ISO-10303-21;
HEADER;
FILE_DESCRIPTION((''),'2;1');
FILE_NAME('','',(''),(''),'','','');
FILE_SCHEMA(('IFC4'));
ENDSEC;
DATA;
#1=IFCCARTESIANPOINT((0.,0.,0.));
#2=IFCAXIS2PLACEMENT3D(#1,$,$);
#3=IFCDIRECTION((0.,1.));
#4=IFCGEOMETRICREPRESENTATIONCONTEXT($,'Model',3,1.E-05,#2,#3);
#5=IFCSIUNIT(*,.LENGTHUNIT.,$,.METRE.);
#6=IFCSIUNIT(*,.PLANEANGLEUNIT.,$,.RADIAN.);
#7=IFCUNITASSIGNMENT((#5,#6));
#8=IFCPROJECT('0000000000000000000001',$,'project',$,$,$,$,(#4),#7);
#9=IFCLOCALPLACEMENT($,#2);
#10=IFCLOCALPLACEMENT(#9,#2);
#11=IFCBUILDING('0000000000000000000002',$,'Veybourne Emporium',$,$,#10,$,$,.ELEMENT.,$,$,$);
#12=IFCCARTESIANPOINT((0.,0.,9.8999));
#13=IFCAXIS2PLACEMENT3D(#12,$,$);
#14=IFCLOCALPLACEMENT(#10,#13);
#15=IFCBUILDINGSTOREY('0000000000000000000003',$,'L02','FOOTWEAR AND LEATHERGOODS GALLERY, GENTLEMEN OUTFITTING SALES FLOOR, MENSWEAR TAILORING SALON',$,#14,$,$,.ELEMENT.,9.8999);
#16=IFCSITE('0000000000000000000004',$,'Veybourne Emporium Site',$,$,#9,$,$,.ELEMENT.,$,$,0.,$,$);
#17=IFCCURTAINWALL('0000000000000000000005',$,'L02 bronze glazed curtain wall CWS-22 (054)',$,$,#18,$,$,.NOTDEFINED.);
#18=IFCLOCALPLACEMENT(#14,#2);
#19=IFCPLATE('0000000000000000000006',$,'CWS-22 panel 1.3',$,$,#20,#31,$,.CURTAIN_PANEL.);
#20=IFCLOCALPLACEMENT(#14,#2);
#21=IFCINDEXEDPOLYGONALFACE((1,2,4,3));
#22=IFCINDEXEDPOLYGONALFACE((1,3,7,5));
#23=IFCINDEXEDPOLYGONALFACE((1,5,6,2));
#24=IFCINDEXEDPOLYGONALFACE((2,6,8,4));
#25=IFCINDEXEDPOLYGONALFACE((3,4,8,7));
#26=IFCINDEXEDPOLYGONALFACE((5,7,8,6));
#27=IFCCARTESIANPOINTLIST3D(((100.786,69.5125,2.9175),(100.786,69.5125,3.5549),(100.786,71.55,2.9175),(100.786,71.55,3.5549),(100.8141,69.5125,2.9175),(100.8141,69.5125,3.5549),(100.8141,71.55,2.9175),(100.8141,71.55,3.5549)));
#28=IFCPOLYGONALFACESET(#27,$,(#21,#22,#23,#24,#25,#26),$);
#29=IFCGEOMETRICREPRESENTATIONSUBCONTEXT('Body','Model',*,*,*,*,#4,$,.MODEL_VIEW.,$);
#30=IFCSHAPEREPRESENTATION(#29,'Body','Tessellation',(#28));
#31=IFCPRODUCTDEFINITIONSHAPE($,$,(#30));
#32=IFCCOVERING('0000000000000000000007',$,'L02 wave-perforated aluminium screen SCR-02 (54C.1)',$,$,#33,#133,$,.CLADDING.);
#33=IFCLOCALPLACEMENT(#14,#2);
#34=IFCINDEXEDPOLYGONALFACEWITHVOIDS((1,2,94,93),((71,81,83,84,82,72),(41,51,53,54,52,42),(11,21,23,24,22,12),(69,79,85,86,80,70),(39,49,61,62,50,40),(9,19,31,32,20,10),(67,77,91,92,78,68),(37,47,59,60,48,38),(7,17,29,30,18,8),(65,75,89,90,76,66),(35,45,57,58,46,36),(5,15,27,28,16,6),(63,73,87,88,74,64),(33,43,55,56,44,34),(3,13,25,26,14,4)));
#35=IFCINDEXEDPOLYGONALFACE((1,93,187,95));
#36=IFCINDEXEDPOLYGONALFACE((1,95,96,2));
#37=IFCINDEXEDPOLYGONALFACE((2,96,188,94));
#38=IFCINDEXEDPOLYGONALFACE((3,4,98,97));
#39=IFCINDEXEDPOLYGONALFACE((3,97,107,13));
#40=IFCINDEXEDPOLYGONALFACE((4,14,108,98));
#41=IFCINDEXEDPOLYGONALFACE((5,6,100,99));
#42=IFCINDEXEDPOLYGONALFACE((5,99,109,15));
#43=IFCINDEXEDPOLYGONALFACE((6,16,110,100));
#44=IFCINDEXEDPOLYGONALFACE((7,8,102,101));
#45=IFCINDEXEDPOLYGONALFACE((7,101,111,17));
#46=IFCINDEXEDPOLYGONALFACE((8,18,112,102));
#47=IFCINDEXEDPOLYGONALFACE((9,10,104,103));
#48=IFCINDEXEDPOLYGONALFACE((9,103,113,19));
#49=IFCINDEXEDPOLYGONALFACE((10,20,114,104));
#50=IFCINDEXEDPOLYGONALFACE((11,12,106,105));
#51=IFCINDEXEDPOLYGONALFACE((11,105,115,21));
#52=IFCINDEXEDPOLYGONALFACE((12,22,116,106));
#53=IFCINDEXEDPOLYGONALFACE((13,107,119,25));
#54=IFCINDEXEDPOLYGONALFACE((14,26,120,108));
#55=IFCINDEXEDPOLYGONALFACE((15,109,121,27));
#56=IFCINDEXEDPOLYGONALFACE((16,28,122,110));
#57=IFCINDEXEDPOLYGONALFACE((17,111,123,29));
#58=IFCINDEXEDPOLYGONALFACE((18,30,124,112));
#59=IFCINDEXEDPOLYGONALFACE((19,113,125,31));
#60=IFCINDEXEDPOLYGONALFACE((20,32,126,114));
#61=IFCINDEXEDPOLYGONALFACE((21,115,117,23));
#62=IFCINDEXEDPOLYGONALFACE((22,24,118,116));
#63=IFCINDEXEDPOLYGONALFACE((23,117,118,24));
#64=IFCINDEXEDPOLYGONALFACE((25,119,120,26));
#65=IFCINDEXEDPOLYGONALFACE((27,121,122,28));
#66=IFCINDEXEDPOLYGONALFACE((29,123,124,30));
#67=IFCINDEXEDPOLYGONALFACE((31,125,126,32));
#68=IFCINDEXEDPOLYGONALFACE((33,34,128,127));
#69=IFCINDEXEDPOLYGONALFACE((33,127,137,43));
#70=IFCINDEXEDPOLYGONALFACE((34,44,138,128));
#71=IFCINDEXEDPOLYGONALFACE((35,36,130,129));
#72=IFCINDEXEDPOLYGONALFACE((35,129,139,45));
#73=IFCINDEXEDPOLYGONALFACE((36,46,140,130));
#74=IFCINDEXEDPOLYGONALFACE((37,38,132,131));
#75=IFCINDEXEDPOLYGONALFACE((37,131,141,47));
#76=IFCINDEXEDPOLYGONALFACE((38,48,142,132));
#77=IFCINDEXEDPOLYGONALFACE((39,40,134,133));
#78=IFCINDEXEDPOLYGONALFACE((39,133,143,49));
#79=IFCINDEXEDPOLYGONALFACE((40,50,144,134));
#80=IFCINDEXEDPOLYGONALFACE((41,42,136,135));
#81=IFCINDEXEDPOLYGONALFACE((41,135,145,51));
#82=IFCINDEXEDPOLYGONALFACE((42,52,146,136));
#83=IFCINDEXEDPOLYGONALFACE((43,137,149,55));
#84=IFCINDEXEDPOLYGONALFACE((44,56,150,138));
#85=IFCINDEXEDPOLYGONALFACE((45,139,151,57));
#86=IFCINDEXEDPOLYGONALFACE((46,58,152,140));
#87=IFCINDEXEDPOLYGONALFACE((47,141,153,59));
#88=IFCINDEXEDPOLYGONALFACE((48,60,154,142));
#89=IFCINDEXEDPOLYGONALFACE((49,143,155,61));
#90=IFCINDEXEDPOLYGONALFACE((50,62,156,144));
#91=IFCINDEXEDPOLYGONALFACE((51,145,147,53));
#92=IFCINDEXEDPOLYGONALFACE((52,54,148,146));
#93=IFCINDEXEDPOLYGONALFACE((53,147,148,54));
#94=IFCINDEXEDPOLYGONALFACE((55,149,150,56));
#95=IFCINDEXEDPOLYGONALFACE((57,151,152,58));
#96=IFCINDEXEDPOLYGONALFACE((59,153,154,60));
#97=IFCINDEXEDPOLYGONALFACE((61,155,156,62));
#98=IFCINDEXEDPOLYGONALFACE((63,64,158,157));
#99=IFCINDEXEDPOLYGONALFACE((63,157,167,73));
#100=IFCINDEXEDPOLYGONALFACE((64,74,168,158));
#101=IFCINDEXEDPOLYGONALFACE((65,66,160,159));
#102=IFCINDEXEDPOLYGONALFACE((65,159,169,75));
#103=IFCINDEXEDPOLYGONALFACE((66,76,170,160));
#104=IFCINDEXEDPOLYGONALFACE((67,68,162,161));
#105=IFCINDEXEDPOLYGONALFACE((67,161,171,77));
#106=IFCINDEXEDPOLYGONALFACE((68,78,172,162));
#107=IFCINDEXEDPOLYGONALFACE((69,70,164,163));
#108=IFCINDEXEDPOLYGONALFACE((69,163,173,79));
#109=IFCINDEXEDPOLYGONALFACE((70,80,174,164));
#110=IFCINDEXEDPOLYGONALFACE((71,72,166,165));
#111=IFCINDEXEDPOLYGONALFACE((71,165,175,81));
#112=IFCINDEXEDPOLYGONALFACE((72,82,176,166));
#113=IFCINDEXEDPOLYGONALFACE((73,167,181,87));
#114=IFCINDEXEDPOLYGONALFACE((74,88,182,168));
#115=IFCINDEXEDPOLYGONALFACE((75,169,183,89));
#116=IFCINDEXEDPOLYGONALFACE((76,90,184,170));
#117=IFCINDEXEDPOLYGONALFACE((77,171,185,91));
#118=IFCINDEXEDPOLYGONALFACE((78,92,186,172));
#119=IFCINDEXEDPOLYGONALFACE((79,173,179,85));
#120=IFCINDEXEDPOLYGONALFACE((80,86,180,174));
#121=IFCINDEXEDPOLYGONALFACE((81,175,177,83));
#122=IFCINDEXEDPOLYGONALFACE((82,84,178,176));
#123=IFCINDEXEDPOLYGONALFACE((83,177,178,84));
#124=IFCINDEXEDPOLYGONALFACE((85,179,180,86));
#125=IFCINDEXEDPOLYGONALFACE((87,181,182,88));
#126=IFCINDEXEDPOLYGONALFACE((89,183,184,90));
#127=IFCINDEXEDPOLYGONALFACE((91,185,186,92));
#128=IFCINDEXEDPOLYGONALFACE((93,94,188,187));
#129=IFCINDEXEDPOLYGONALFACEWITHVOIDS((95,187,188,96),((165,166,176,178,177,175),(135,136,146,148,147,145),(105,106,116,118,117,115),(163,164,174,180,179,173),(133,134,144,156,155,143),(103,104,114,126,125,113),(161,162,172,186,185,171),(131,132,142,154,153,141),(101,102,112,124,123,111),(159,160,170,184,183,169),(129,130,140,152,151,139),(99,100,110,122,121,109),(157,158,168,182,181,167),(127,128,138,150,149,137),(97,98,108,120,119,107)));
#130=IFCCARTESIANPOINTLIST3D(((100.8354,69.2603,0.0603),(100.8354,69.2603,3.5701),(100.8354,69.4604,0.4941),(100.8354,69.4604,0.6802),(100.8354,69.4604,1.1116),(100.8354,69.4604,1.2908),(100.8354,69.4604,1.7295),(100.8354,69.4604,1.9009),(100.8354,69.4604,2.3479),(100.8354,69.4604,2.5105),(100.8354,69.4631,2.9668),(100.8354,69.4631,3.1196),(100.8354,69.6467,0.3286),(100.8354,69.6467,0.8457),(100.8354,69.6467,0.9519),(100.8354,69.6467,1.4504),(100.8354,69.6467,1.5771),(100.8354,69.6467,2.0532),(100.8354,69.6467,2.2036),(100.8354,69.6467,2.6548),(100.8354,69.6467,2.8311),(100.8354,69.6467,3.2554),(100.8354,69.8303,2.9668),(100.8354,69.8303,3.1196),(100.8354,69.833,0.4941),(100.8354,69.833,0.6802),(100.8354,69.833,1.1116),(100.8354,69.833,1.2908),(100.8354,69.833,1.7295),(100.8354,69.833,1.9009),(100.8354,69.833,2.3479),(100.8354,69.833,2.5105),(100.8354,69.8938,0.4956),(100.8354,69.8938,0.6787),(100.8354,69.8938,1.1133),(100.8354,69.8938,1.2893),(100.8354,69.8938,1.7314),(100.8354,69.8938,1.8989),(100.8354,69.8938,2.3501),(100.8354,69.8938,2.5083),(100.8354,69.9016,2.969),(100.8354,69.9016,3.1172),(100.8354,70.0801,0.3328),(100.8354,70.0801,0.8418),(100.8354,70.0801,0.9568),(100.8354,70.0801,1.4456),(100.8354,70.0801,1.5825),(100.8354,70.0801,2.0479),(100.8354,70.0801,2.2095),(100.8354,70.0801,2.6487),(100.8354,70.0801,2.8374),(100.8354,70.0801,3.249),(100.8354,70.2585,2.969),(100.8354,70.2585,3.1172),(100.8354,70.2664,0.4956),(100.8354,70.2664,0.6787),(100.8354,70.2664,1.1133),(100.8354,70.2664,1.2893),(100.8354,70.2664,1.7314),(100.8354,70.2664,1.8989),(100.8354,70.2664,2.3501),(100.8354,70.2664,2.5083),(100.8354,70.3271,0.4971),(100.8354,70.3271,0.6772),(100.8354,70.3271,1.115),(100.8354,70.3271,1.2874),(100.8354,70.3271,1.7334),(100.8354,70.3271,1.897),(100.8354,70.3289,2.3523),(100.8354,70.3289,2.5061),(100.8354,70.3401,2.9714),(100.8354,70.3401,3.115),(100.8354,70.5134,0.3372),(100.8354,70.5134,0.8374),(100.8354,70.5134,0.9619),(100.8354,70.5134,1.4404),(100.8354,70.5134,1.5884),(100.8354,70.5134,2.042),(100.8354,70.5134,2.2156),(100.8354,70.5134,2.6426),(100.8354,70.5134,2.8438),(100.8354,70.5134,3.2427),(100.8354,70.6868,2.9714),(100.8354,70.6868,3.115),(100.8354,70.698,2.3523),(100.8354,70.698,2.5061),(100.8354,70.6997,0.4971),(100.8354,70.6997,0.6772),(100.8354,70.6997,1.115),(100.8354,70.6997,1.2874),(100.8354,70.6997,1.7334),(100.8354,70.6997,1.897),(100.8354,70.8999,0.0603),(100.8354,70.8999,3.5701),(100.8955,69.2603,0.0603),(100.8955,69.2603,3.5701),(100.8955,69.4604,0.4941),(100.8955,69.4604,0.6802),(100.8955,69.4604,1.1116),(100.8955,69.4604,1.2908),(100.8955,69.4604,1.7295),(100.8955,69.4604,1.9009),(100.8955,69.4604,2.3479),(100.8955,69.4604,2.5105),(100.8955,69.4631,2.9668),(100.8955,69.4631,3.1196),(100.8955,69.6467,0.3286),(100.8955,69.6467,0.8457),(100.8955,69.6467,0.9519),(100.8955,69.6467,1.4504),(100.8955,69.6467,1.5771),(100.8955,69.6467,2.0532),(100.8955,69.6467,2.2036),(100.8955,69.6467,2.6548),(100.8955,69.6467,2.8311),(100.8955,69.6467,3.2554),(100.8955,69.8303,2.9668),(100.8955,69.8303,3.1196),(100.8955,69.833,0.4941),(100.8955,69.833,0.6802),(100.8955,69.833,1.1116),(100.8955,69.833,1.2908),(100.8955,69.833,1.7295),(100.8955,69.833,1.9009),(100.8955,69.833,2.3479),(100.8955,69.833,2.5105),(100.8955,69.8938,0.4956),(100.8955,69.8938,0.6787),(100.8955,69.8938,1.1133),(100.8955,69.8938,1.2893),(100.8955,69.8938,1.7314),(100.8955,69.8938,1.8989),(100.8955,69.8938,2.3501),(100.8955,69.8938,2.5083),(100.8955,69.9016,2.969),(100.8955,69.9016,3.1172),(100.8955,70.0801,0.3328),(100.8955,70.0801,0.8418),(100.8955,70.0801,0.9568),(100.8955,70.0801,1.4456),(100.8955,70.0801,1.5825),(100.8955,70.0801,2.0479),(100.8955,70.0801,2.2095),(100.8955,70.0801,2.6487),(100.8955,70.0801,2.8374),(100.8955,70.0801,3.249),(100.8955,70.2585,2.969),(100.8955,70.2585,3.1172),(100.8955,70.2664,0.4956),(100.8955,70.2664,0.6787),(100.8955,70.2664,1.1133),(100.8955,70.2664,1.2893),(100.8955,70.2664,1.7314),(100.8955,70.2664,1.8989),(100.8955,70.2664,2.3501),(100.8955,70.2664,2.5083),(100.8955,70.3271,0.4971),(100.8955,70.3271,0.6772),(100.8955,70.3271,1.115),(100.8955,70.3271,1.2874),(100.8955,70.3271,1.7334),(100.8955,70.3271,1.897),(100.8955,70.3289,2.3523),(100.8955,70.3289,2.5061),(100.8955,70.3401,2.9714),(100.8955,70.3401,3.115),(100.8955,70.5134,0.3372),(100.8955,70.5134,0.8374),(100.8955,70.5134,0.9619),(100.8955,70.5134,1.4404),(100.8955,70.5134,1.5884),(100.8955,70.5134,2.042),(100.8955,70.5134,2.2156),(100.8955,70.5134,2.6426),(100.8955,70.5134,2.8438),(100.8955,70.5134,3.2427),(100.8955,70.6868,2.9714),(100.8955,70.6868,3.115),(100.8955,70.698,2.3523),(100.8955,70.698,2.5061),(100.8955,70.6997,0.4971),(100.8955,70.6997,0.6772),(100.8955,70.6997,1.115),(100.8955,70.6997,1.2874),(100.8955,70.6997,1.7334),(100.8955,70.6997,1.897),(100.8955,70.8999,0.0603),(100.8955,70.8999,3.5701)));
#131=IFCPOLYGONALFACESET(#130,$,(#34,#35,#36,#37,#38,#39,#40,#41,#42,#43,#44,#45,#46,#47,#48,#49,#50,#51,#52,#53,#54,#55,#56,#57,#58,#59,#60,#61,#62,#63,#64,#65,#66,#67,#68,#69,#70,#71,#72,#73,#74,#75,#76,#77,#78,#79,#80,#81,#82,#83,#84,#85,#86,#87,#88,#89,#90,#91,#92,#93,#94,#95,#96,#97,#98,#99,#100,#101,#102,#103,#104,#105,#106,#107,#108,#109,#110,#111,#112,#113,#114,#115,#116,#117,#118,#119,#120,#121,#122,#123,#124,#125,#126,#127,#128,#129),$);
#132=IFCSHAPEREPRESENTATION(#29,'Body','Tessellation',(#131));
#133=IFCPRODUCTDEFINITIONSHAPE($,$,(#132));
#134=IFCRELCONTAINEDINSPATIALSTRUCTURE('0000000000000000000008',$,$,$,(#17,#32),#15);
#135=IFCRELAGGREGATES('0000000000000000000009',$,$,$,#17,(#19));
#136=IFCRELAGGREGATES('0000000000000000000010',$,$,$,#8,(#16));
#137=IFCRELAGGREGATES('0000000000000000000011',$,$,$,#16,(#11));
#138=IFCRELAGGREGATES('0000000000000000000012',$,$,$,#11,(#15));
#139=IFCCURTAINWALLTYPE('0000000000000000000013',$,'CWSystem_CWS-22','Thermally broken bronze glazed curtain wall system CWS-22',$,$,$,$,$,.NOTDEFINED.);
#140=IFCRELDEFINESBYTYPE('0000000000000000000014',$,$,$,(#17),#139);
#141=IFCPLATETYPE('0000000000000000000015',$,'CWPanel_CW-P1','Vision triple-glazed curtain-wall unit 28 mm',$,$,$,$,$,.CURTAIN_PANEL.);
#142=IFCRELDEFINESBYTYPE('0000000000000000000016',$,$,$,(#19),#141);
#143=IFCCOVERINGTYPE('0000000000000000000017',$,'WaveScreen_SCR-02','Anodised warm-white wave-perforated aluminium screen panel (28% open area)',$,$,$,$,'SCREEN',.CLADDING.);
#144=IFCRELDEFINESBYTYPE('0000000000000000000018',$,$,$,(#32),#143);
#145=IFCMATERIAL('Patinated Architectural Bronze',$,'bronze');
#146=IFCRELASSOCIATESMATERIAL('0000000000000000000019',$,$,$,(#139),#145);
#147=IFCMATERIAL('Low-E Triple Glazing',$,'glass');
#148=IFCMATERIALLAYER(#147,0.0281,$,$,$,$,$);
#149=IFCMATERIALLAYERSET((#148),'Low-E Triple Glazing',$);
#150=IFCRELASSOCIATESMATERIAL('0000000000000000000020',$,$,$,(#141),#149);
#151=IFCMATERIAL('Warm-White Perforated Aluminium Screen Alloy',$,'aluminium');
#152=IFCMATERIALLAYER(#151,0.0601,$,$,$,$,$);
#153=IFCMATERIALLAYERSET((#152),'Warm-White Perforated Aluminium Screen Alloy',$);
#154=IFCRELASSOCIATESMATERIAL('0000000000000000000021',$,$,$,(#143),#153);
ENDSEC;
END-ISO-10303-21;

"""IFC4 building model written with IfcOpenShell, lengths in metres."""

from ifc_helpers import new_model, si_unit, direction, frame, origin, origin_2d, place, context, subcontext, project, spatial, polyline, rectangle, outline, extrude, material, layer, layer_set, type_object, element, aggregate, save


model = new_model("IFC4")

# Units and contexts
model_context = context("Model", 3, precision=1e-05, world=origin(), true_north=direction((0.0, 1.0)))
body_context = subcontext(model_context, "Body", "Model", "MODEL_VIEW")
ifc_project = project(units=[si_unit("LENGTHUNIT", "METRE"), si_unit("PLANEANGLEUNIT", "RADIAN")], contexts=[model_context])

# Site, building, storey
site_placement = place(None, origin())
site = spatial("IfcSite", under=ifc_project, at=site_placement, Name="Veybourne Emporium Site", CompositionType="ELEMENT", RefElevation=0.0)
building_placement = place(site_placement, origin())
building = spatial("IfcBuilding", under=site, at=building_placement, Name="Veybourne Emporium", CompositionType="ELEMENT")
storey_placement = place(building_placement, frame((0.0, 0.0, 9.8999)))
storey = spatial("IfcBuildingStorey", under=building, at=storey_placement, Name="L02", Description="FOOTWEAR AND LEATHERGOODS GALLERY, GENTLEMEN OUTFITTING SALES FLOOR, MENSWEAR TAILORING SALON", CompositionType="ELEMENT", Elevation=9.8999)

# Curtain wall
ifc_material_1 = material(Name="Patinated Architectural Bronze", Category="bronze")
curtain_wall_type = type_object("IfcCurtainWallType", Name="CWSystem_CWS-22", Description="Thermally broken bronze glazed curtain wall system CWS-22", PredefinedType="NOTDEFINED", material=ifc_material_1)
curtain_wall_placement = place(storey_placement, origin())
curtain_wall = element("IfcCurtainWall", 1, at=curtain_wall_placement, inside=storey, type_object=curtain_wall_type, Name="L02 bronze glazed curtain wall CWS-22 (054)", PredefinedType="NOTDEFINED")

# Plate
ifc_material_2 = material(Name="Low-E Triple Glazing", Category="glass")
ifc_layer_1 = layer(ifc_material_2, 0.0281)
ifc_layer_set_1 = layer_set([ifc_layer_1], Name="Low-E Triple Glazing")
plate_type = type_object("IfcPlateType", Name="CWPanel_CW-P1", Description="Vision triple-glazed curtain-wall unit 28 mm", PredefinedType="CURTAIN_PANEL", material=ifc_layer_set_1)
plate_1_placement = place(storey_placement, frame((100.8, 70.5312, 2.9175), z_axis=(0.0, 0.0, 1.0), x_axis=(0.0, -1.0, 0.0)))
plate_1 = element("IfcPlate", 2, at=plate_1_placement, type_object=plate_type, Name="CWS-22 panel 1.3", PredefinedType="CURTAIN_PANEL", context=body_context, shape_type="SweptSolid", body=[
    extrude(rectangle(XDim=2.0376, YDim=0.0281, at=origin_2d()), origin(), (0.0, 0.0, 1.0), 0.6375),
])
aggregate(curtain_wall, [plate_1])

# Covering
ifc_material_3 = material(Name="Warm-White Perforated Aluminium Screen Alloy", Category="aluminium")
ifc_layer_2 = layer(ifc_material_3, 0.0601)
ifc_layer_set_2 = layer_set([ifc_layer_2], Name="Warm-White Perforated Aluminium Screen Alloy")
covering_type_1 = type_object("IfcCoveringType", Name="WaveScreen_SCR-02", Description="Anodised warm-white wave-perforated aluminium screen panel (28% open area)", ElementType="SCREEN", PredefinedType="CLADDING", material=ifc_layer_set_2)
covering_1_placement = place(storey_placement, frame((100.8955, 70.0801, 1.8152), z_axis=(-1.0, 0.0, 0.0), x_axis=(0.0, -1.0, 0.0)))
element("IfcCovering", 3, at=covering_1_placement, inside=storey, type_object=covering_type_1, Name="L02 wave-perforated aluminium screen SCR-02 (54C.1)", PredefinedType="CLADDING", context=body_context, shape_type="SweptSolid", body=[
    extrude(outline(polyline([(-0.8198, -1.7549), (0.8198, -1.7549), (0.8198, 1.7549), (-0.8198, 1.7549), (-0.8198, -1.7549)]), holes=[polyline([(-0.4333, -0.9778), (-0.2471, -1.1379), (-0.2471, -1.3181), (-0.4333, -1.478), (-0.6196, -1.3181), (-0.6196, -1.1379), (-0.4333, -0.9778)]), polyline([(-0.4333, -0.3748), (-0.2471, -0.5278), (-0.2471, -0.7002), (-0.4333, -0.8533), (-0.6196, -0.7002), (-0.6196, -0.5278), (-0.4333, -0.3748)]), polyline([(-0.4333, 0.2268), (-0.2471, 0.0818), (-0.2471, -0.0818), (-0.4333, -0.2268), (-0.6196, -0.0818), (-0.6196, 0.0818), (-0.4333, 0.2268)]), polyline([(-0.4333, 0.8274), (-0.2488, 0.6909), (-0.2488, 0.5371), (-0.4333, 0.4004), (-0.6179, 0.5371), (-0.6179, 0.6909), (-0.4333, 0.8274)]), polyline([(-0.4333, 1.4275), (-0.26, 1.2998), (-0.26, 1.1562), (-0.4333, 1.0286), (-0.6067, 1.1562), (-0.6067, 1.2998), (-0.4333, 1.4275)]), polyline([(0.0, -0.9734), (0.1863, -1.1365), (0.1863, -1.3196), (0.0, -1.4824), (-0.1863, -1.3196), (-0.1863, -1.1365), (0.0, -0.9734)]), polyline([(0.0, -0.3696), (0.1863, -0.5259), (0.1863, -0.7019), (0.0, -0.8584), (-0.1863, -0.7019), (-0.1863, -0.5259), (0.0, -0.3696)]), polyline([(0.0, 0.2327), (0.1863, 0.0837), (0.1863, -0.0837), (0.0, -0.2327), (-0.1863, -0.0837), (-0.1863, 0.0837), (0.0, 0.2327)]), polyline([(0.0, 0.8335), (0.1863, 0.6931), (0.1863, 0.5349), (0.0, 0.3943), (-0.1863, 0.5349), (-0.1863, 0.6931), (0.0, 0.8335)]), polyline([(0.0, 1.4338), (0.1785, 1.302), (0.1785, 1.1538), (0.0, 1.0222), (-0.1785, 1.1538), (-0.1785, 1.302), (0.0, 1.4338)]), polyline([(0.4333, -0.9695), (0.6196, -1.135), (0.6196, -1.321), (0.4333, -1.4866), (0.2471, -1.321), (0.2471, -1.135), (0.4333, -0.9695)]), polyline([(0.4333, -0.3647), (0.6196, -0.5244), (0.6196, -0.7036), (0.4333, -0.8633), (0.2471, -0.7036), (0.2471, -0.5244), (0.4333, -0.3647)]), polyline([(0.4333, 0.238), (0.6196, 0.0857), (0.6196, -0.0857), (0.4333, -0.238), (0.2471, -0.0857), (0.2471, 0.0857), (0.4333, 0.238)]), polyline([(0.4333, 0.8396), (0.6196, 0.6953), (0.6196, 0.5327), (0.4333, 0.3884), (0.2471, 0.5327), (0.2471, 0.6953), (0.4333, 0.8396)]), polyline([(0.4333, 1.4402), (0.6169, 1.3044), (0.6169, 1.1516), (0.4333, 1.0159), (0.2498, 1.1516), (0.2498, 1.3044), (0.4333, 1.4402)])]), origin(), (0.0, 0.0, 1.0), 0.0601),
])

save(model, "model.ifc")
